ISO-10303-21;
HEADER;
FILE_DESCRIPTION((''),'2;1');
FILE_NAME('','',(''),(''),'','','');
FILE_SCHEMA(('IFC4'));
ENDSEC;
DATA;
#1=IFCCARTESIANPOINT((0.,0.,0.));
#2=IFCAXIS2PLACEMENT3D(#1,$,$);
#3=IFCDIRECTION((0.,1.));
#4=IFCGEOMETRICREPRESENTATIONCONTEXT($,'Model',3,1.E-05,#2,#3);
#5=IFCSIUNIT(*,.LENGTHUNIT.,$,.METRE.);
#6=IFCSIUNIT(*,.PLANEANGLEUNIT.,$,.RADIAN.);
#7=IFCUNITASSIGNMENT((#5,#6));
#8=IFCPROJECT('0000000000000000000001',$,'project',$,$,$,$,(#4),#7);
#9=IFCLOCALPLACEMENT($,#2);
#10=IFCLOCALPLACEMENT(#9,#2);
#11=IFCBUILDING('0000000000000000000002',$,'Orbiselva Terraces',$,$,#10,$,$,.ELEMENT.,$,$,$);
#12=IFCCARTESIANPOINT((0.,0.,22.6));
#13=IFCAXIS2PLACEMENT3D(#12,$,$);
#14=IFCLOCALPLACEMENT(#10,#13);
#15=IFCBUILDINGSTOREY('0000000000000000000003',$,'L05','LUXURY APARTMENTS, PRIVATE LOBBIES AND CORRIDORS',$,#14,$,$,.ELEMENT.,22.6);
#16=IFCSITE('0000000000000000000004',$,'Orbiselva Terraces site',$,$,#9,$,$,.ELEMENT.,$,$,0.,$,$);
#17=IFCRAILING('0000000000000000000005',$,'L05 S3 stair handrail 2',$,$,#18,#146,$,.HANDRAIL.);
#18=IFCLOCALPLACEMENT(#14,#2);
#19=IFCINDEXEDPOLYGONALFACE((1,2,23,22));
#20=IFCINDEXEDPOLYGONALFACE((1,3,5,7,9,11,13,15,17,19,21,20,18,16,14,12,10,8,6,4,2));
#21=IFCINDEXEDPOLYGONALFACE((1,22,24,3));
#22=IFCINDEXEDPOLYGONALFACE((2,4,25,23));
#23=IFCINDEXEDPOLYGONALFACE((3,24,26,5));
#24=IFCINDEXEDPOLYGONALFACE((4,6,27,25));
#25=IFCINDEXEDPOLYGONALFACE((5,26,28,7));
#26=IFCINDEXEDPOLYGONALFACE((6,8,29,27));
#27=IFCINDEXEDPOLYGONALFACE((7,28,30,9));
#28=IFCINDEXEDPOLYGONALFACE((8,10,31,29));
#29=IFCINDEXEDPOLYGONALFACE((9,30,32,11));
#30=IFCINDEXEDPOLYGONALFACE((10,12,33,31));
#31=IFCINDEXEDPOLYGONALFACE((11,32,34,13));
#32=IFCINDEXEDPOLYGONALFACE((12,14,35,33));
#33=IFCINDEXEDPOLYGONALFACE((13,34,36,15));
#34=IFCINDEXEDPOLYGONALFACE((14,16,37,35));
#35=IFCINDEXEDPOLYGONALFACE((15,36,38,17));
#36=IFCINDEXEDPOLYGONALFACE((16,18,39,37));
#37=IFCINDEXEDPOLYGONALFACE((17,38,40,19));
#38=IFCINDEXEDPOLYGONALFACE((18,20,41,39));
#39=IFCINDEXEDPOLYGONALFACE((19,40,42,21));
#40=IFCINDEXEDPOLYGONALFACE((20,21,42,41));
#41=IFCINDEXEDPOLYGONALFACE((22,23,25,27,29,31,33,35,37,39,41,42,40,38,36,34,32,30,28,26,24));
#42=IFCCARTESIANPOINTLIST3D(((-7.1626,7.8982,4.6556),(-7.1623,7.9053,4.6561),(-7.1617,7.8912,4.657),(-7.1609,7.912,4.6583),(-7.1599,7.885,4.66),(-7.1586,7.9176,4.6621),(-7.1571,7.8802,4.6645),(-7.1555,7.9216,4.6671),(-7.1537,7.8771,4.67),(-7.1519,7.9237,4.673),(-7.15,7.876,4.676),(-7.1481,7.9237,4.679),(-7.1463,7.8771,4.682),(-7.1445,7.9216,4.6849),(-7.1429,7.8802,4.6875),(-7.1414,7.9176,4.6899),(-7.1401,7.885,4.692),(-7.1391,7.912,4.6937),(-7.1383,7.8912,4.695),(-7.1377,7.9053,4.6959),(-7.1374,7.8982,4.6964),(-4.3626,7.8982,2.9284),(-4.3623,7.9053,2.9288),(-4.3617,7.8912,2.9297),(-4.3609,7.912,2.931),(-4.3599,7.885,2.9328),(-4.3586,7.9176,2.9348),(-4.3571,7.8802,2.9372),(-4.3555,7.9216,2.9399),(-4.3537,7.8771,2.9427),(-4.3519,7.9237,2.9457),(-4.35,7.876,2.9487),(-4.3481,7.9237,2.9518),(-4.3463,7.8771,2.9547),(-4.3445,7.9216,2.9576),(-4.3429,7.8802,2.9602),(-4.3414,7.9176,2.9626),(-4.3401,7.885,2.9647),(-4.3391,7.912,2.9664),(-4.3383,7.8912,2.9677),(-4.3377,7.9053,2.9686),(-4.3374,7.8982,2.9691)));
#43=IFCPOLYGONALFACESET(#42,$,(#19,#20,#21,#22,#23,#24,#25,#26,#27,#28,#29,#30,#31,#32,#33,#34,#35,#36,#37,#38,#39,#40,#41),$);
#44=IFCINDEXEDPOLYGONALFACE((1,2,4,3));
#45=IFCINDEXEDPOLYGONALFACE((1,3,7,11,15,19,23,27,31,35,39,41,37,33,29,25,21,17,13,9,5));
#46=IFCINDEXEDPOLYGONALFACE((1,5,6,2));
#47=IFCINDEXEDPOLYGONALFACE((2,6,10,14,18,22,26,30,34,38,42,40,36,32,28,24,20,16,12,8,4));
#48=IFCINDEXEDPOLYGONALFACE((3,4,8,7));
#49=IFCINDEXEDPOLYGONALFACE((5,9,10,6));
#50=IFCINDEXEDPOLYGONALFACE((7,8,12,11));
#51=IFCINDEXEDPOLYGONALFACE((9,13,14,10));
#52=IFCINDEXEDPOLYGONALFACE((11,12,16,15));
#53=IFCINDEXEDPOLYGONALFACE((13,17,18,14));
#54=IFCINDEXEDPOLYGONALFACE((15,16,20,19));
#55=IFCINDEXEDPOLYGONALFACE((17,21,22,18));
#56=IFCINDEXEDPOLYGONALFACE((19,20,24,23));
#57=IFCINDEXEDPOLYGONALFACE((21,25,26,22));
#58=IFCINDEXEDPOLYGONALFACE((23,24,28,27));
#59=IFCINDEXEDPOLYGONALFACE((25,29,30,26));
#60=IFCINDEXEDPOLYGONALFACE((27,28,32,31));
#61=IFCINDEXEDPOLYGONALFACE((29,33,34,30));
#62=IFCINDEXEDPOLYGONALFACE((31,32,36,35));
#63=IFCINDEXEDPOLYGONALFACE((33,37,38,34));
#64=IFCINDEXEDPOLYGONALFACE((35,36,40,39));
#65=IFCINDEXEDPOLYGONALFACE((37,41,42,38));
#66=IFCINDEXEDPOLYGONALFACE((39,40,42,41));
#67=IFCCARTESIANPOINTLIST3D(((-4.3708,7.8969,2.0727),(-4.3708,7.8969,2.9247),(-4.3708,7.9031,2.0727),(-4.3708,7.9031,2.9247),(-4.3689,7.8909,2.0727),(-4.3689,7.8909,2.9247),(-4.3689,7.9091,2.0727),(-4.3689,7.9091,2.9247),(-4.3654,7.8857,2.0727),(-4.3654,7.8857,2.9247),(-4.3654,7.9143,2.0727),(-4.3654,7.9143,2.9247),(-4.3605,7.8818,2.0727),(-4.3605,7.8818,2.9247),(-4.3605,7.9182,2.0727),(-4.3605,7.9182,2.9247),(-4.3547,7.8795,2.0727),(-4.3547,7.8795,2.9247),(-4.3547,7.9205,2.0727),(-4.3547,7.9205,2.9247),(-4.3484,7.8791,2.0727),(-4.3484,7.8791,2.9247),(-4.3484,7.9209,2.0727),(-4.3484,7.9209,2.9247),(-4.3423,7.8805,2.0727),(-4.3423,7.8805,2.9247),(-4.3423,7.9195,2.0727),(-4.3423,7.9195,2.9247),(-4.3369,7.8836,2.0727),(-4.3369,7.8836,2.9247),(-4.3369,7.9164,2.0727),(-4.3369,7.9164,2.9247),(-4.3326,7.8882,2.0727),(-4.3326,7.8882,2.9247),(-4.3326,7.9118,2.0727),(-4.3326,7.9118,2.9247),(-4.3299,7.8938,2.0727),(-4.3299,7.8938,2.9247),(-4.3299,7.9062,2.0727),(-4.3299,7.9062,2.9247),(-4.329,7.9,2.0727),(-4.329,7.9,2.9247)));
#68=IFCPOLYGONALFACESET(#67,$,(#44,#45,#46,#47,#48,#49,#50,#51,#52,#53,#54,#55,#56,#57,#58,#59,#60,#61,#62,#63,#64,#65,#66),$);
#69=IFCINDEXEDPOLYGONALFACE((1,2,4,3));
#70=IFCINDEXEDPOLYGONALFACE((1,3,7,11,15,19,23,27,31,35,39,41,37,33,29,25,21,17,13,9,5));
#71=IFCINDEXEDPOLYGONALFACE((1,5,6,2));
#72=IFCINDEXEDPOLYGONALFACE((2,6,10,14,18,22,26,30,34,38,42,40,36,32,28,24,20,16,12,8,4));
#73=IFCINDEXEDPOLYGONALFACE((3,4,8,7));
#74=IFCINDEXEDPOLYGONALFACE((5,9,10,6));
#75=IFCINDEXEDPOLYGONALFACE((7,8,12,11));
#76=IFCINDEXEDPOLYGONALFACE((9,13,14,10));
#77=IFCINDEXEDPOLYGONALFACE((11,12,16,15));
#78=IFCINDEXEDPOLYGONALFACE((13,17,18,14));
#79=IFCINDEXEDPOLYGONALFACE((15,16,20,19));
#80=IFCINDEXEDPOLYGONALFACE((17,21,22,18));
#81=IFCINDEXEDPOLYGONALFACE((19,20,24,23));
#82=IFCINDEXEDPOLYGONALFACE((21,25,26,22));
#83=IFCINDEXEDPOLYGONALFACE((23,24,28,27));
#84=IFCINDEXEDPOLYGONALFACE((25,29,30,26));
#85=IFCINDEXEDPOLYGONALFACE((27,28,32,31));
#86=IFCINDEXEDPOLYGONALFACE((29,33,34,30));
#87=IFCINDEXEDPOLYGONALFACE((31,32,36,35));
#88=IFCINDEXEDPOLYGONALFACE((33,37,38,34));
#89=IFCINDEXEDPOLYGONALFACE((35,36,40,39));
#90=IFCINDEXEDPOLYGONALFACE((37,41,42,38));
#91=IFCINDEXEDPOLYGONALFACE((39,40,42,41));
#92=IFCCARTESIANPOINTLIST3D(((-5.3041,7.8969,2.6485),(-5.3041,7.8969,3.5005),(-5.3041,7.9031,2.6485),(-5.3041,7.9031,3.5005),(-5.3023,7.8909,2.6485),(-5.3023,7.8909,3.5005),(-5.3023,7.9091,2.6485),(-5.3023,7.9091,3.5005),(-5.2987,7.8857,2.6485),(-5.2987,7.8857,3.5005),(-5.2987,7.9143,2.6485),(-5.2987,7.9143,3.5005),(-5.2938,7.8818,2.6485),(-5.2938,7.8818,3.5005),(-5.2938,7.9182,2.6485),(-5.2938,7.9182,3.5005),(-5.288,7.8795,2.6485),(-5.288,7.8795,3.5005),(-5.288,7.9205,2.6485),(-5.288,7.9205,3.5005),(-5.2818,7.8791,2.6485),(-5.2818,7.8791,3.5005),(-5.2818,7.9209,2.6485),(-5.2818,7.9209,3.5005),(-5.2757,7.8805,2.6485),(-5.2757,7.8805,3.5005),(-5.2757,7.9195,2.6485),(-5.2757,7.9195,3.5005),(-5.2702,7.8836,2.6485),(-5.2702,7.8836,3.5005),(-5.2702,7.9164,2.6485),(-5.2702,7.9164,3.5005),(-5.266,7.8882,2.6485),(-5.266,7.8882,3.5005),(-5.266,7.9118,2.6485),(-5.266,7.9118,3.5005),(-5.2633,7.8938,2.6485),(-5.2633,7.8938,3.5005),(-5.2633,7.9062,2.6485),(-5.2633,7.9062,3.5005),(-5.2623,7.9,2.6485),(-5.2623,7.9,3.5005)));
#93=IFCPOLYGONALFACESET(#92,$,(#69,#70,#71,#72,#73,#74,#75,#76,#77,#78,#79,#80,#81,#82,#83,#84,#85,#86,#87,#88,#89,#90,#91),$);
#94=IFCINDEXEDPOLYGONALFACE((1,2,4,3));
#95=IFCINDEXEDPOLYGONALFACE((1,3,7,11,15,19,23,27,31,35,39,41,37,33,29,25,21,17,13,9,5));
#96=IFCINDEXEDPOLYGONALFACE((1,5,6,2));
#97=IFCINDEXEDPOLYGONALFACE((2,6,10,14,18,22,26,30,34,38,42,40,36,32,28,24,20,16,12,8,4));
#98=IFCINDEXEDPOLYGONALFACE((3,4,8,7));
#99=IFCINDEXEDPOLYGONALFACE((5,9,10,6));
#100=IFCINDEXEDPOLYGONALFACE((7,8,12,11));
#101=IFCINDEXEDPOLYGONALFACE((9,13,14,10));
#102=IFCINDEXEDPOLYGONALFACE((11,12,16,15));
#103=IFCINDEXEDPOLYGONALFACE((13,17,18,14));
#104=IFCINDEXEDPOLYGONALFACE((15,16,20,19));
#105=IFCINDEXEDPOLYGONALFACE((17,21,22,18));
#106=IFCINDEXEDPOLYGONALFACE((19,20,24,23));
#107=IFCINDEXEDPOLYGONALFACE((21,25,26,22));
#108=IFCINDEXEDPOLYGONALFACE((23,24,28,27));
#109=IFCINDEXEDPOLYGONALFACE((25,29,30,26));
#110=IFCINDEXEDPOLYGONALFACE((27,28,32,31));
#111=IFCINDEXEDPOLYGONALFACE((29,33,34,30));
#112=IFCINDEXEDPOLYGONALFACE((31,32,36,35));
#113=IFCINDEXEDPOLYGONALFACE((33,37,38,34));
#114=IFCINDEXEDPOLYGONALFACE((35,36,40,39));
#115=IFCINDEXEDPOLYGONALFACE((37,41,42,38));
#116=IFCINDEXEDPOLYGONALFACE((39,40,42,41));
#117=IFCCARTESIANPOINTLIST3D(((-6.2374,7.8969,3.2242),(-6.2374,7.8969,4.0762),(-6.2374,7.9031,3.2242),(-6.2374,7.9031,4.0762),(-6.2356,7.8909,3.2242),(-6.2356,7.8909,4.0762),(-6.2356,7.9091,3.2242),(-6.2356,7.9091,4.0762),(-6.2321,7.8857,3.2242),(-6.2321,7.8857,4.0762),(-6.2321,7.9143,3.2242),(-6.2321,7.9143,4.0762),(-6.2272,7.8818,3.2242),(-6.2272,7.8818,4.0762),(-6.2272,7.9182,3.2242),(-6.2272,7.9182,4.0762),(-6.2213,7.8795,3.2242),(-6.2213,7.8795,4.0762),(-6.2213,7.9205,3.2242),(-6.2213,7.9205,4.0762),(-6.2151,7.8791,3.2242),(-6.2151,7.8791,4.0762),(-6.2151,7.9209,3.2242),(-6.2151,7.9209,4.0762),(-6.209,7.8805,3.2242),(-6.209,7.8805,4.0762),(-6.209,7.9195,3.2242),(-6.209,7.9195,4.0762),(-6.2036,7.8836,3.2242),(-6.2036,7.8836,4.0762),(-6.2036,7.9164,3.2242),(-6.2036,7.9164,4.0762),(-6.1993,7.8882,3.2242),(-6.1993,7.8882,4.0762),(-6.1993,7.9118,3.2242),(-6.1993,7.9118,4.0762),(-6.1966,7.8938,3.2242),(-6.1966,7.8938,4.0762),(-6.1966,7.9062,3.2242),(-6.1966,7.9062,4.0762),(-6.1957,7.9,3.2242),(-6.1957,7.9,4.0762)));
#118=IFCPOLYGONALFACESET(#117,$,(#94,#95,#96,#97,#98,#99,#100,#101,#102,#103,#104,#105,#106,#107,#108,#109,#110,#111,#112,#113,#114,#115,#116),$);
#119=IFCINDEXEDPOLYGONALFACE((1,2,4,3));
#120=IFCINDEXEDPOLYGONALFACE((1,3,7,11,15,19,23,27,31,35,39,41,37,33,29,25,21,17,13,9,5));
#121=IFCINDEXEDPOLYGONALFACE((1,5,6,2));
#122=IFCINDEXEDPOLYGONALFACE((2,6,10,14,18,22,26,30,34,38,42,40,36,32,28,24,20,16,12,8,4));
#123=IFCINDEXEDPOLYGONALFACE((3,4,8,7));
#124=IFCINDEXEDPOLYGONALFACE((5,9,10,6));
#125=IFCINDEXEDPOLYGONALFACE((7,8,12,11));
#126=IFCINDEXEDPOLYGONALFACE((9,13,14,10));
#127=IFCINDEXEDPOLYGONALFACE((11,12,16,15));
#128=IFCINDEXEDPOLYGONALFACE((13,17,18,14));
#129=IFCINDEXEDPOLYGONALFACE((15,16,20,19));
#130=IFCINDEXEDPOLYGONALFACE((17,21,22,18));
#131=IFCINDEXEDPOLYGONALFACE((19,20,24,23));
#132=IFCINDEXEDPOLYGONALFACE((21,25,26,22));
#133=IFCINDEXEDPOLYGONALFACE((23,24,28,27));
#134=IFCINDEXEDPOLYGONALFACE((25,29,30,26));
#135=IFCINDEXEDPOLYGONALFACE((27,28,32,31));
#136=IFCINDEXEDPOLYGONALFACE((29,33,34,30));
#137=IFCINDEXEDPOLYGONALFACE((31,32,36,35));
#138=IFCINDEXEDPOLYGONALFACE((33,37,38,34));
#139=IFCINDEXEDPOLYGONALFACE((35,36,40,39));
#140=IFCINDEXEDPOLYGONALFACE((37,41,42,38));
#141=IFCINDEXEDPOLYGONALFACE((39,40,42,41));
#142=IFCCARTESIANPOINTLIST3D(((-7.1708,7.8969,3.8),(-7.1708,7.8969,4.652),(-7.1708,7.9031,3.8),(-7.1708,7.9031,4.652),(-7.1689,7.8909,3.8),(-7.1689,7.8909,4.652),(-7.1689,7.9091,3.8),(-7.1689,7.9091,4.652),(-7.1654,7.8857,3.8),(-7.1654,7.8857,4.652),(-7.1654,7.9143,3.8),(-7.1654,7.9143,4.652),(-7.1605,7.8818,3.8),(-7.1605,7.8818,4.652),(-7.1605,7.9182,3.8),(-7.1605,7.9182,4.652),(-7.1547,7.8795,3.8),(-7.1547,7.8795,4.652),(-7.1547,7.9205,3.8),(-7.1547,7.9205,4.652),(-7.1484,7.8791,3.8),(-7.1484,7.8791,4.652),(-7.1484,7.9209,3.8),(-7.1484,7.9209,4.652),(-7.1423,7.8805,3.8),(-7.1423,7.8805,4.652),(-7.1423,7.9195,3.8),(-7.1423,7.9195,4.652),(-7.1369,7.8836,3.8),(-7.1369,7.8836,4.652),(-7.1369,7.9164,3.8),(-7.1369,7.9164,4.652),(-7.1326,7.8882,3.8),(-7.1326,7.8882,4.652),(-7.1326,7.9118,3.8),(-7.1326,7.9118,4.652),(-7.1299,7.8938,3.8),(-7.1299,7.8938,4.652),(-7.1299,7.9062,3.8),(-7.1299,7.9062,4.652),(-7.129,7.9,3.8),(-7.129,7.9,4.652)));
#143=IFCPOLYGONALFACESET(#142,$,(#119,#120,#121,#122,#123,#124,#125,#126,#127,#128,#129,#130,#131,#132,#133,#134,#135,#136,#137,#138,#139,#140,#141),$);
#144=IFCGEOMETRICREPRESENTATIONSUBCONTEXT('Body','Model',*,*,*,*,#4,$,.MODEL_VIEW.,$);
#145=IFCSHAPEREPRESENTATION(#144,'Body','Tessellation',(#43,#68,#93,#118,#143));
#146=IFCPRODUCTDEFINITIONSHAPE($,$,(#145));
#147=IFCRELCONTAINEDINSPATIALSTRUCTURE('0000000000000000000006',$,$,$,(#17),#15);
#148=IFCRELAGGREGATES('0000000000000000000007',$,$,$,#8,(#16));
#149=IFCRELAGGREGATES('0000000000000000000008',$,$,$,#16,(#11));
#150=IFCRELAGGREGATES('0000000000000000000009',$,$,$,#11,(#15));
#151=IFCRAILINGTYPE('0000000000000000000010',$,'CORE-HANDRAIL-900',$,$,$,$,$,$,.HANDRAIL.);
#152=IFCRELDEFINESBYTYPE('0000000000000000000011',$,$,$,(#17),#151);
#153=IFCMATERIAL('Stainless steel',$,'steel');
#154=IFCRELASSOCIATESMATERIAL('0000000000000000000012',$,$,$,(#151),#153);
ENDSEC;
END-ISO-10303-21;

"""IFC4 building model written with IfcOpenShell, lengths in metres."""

from ifc_helpers import new_model, si_unit, direction, frame, origin, origin_2d, place, context, subcontext, project, spatial, circle, extrude, material, type_object, element, save


model = new_model("IFC4")

# Units and contexts
model_context = context("Model", 3, precision=1e-05, world=origin(), true_north=direction((0.0, 1.0)))
body_context = subcontext(model_context, "Body", "Model", "MODEL_VIEW")
ifc_project = project(units=[si_unit("LENGTHUNIT", "METRE"), si_unit("PLANEANGLEUNIT", "RADIAN")], contexts=[model_context])

# Site, building, storey
site_placement = place(None, origin())
site = spatial("IfcSite", under=ifc_project, at=site_placement, Name="Orbiselva Terraces site", CompositionType="ELEMENT", RefElevation=0.0)
building_placement = place(site_placement, origin())
building = spatial("IfcBuilding", under=site, at=building_placement, Name="Orbiselva Terraces", CompositionType="ELEMENT")
storey_placement = place(building_placement, frame((0.0, 0.0, 22.6)))
storey = spatial("IfcBuildingStorey", under=building, at=storey_placement, Name="L05", Description="LUXURY APARTMENTS, PRIVATE LOBBIES AND CORRIDORS", CompositionType="ELEMENT", Elevation=22.6)

# Railing
ifc_material_1 = material(Name="Stainless steel", Category="steel")
railing_type_1 = type_object("IfcRailingType", Name="CORE-HANDRAIL-900", PredefinedType="HANDRAIL", material=ifc_material_1)
railing_1_placement = place(storey_placement, frame((-4.35, 7.9, 2.0727)))
element("IfcRailing", 1, at=railing_1_placement, inside=storey, type_object=railing_type_1, Name="L05 S3 stair handrail 2", PredefinedType="HANDRAIL", context=body_context, shape_type="SweptSolid", body=[
    extrude(circle(Radius=0.024, at=origin_2d()), frame((0.0, 0.0, 0.876), z_axis=(-0.851089, 0.0, 0.525022), x_axis=(0.0, -1.0, 0.0)), (0.0, 0.0, 1.0), 3.2899),
    extrude(circle(Radius=0.021, at=origin_2d()), origin(), (0.0, 0.0, 1.0), 0.852),
    extrude(circle(Radius=0.021, at=origin_2d()), frame((-0.9333, 0.0, 0.5758)), (0.0, 0.0, 1.0), 0.852),
    extrude(circle(Radius=0.021, at=origin_2d()), frame((-1.8667, 0.0, 1.1515)), (0.0, 0.0, 1.0), 0.852),
    extrude(circle(Radius=0.021, at=origin_2d()), frame((-2.8, 0.0, 1.7273)), (0.0, 0.0, 1.0), 0.852),
])

save(model, "model.ifc")
